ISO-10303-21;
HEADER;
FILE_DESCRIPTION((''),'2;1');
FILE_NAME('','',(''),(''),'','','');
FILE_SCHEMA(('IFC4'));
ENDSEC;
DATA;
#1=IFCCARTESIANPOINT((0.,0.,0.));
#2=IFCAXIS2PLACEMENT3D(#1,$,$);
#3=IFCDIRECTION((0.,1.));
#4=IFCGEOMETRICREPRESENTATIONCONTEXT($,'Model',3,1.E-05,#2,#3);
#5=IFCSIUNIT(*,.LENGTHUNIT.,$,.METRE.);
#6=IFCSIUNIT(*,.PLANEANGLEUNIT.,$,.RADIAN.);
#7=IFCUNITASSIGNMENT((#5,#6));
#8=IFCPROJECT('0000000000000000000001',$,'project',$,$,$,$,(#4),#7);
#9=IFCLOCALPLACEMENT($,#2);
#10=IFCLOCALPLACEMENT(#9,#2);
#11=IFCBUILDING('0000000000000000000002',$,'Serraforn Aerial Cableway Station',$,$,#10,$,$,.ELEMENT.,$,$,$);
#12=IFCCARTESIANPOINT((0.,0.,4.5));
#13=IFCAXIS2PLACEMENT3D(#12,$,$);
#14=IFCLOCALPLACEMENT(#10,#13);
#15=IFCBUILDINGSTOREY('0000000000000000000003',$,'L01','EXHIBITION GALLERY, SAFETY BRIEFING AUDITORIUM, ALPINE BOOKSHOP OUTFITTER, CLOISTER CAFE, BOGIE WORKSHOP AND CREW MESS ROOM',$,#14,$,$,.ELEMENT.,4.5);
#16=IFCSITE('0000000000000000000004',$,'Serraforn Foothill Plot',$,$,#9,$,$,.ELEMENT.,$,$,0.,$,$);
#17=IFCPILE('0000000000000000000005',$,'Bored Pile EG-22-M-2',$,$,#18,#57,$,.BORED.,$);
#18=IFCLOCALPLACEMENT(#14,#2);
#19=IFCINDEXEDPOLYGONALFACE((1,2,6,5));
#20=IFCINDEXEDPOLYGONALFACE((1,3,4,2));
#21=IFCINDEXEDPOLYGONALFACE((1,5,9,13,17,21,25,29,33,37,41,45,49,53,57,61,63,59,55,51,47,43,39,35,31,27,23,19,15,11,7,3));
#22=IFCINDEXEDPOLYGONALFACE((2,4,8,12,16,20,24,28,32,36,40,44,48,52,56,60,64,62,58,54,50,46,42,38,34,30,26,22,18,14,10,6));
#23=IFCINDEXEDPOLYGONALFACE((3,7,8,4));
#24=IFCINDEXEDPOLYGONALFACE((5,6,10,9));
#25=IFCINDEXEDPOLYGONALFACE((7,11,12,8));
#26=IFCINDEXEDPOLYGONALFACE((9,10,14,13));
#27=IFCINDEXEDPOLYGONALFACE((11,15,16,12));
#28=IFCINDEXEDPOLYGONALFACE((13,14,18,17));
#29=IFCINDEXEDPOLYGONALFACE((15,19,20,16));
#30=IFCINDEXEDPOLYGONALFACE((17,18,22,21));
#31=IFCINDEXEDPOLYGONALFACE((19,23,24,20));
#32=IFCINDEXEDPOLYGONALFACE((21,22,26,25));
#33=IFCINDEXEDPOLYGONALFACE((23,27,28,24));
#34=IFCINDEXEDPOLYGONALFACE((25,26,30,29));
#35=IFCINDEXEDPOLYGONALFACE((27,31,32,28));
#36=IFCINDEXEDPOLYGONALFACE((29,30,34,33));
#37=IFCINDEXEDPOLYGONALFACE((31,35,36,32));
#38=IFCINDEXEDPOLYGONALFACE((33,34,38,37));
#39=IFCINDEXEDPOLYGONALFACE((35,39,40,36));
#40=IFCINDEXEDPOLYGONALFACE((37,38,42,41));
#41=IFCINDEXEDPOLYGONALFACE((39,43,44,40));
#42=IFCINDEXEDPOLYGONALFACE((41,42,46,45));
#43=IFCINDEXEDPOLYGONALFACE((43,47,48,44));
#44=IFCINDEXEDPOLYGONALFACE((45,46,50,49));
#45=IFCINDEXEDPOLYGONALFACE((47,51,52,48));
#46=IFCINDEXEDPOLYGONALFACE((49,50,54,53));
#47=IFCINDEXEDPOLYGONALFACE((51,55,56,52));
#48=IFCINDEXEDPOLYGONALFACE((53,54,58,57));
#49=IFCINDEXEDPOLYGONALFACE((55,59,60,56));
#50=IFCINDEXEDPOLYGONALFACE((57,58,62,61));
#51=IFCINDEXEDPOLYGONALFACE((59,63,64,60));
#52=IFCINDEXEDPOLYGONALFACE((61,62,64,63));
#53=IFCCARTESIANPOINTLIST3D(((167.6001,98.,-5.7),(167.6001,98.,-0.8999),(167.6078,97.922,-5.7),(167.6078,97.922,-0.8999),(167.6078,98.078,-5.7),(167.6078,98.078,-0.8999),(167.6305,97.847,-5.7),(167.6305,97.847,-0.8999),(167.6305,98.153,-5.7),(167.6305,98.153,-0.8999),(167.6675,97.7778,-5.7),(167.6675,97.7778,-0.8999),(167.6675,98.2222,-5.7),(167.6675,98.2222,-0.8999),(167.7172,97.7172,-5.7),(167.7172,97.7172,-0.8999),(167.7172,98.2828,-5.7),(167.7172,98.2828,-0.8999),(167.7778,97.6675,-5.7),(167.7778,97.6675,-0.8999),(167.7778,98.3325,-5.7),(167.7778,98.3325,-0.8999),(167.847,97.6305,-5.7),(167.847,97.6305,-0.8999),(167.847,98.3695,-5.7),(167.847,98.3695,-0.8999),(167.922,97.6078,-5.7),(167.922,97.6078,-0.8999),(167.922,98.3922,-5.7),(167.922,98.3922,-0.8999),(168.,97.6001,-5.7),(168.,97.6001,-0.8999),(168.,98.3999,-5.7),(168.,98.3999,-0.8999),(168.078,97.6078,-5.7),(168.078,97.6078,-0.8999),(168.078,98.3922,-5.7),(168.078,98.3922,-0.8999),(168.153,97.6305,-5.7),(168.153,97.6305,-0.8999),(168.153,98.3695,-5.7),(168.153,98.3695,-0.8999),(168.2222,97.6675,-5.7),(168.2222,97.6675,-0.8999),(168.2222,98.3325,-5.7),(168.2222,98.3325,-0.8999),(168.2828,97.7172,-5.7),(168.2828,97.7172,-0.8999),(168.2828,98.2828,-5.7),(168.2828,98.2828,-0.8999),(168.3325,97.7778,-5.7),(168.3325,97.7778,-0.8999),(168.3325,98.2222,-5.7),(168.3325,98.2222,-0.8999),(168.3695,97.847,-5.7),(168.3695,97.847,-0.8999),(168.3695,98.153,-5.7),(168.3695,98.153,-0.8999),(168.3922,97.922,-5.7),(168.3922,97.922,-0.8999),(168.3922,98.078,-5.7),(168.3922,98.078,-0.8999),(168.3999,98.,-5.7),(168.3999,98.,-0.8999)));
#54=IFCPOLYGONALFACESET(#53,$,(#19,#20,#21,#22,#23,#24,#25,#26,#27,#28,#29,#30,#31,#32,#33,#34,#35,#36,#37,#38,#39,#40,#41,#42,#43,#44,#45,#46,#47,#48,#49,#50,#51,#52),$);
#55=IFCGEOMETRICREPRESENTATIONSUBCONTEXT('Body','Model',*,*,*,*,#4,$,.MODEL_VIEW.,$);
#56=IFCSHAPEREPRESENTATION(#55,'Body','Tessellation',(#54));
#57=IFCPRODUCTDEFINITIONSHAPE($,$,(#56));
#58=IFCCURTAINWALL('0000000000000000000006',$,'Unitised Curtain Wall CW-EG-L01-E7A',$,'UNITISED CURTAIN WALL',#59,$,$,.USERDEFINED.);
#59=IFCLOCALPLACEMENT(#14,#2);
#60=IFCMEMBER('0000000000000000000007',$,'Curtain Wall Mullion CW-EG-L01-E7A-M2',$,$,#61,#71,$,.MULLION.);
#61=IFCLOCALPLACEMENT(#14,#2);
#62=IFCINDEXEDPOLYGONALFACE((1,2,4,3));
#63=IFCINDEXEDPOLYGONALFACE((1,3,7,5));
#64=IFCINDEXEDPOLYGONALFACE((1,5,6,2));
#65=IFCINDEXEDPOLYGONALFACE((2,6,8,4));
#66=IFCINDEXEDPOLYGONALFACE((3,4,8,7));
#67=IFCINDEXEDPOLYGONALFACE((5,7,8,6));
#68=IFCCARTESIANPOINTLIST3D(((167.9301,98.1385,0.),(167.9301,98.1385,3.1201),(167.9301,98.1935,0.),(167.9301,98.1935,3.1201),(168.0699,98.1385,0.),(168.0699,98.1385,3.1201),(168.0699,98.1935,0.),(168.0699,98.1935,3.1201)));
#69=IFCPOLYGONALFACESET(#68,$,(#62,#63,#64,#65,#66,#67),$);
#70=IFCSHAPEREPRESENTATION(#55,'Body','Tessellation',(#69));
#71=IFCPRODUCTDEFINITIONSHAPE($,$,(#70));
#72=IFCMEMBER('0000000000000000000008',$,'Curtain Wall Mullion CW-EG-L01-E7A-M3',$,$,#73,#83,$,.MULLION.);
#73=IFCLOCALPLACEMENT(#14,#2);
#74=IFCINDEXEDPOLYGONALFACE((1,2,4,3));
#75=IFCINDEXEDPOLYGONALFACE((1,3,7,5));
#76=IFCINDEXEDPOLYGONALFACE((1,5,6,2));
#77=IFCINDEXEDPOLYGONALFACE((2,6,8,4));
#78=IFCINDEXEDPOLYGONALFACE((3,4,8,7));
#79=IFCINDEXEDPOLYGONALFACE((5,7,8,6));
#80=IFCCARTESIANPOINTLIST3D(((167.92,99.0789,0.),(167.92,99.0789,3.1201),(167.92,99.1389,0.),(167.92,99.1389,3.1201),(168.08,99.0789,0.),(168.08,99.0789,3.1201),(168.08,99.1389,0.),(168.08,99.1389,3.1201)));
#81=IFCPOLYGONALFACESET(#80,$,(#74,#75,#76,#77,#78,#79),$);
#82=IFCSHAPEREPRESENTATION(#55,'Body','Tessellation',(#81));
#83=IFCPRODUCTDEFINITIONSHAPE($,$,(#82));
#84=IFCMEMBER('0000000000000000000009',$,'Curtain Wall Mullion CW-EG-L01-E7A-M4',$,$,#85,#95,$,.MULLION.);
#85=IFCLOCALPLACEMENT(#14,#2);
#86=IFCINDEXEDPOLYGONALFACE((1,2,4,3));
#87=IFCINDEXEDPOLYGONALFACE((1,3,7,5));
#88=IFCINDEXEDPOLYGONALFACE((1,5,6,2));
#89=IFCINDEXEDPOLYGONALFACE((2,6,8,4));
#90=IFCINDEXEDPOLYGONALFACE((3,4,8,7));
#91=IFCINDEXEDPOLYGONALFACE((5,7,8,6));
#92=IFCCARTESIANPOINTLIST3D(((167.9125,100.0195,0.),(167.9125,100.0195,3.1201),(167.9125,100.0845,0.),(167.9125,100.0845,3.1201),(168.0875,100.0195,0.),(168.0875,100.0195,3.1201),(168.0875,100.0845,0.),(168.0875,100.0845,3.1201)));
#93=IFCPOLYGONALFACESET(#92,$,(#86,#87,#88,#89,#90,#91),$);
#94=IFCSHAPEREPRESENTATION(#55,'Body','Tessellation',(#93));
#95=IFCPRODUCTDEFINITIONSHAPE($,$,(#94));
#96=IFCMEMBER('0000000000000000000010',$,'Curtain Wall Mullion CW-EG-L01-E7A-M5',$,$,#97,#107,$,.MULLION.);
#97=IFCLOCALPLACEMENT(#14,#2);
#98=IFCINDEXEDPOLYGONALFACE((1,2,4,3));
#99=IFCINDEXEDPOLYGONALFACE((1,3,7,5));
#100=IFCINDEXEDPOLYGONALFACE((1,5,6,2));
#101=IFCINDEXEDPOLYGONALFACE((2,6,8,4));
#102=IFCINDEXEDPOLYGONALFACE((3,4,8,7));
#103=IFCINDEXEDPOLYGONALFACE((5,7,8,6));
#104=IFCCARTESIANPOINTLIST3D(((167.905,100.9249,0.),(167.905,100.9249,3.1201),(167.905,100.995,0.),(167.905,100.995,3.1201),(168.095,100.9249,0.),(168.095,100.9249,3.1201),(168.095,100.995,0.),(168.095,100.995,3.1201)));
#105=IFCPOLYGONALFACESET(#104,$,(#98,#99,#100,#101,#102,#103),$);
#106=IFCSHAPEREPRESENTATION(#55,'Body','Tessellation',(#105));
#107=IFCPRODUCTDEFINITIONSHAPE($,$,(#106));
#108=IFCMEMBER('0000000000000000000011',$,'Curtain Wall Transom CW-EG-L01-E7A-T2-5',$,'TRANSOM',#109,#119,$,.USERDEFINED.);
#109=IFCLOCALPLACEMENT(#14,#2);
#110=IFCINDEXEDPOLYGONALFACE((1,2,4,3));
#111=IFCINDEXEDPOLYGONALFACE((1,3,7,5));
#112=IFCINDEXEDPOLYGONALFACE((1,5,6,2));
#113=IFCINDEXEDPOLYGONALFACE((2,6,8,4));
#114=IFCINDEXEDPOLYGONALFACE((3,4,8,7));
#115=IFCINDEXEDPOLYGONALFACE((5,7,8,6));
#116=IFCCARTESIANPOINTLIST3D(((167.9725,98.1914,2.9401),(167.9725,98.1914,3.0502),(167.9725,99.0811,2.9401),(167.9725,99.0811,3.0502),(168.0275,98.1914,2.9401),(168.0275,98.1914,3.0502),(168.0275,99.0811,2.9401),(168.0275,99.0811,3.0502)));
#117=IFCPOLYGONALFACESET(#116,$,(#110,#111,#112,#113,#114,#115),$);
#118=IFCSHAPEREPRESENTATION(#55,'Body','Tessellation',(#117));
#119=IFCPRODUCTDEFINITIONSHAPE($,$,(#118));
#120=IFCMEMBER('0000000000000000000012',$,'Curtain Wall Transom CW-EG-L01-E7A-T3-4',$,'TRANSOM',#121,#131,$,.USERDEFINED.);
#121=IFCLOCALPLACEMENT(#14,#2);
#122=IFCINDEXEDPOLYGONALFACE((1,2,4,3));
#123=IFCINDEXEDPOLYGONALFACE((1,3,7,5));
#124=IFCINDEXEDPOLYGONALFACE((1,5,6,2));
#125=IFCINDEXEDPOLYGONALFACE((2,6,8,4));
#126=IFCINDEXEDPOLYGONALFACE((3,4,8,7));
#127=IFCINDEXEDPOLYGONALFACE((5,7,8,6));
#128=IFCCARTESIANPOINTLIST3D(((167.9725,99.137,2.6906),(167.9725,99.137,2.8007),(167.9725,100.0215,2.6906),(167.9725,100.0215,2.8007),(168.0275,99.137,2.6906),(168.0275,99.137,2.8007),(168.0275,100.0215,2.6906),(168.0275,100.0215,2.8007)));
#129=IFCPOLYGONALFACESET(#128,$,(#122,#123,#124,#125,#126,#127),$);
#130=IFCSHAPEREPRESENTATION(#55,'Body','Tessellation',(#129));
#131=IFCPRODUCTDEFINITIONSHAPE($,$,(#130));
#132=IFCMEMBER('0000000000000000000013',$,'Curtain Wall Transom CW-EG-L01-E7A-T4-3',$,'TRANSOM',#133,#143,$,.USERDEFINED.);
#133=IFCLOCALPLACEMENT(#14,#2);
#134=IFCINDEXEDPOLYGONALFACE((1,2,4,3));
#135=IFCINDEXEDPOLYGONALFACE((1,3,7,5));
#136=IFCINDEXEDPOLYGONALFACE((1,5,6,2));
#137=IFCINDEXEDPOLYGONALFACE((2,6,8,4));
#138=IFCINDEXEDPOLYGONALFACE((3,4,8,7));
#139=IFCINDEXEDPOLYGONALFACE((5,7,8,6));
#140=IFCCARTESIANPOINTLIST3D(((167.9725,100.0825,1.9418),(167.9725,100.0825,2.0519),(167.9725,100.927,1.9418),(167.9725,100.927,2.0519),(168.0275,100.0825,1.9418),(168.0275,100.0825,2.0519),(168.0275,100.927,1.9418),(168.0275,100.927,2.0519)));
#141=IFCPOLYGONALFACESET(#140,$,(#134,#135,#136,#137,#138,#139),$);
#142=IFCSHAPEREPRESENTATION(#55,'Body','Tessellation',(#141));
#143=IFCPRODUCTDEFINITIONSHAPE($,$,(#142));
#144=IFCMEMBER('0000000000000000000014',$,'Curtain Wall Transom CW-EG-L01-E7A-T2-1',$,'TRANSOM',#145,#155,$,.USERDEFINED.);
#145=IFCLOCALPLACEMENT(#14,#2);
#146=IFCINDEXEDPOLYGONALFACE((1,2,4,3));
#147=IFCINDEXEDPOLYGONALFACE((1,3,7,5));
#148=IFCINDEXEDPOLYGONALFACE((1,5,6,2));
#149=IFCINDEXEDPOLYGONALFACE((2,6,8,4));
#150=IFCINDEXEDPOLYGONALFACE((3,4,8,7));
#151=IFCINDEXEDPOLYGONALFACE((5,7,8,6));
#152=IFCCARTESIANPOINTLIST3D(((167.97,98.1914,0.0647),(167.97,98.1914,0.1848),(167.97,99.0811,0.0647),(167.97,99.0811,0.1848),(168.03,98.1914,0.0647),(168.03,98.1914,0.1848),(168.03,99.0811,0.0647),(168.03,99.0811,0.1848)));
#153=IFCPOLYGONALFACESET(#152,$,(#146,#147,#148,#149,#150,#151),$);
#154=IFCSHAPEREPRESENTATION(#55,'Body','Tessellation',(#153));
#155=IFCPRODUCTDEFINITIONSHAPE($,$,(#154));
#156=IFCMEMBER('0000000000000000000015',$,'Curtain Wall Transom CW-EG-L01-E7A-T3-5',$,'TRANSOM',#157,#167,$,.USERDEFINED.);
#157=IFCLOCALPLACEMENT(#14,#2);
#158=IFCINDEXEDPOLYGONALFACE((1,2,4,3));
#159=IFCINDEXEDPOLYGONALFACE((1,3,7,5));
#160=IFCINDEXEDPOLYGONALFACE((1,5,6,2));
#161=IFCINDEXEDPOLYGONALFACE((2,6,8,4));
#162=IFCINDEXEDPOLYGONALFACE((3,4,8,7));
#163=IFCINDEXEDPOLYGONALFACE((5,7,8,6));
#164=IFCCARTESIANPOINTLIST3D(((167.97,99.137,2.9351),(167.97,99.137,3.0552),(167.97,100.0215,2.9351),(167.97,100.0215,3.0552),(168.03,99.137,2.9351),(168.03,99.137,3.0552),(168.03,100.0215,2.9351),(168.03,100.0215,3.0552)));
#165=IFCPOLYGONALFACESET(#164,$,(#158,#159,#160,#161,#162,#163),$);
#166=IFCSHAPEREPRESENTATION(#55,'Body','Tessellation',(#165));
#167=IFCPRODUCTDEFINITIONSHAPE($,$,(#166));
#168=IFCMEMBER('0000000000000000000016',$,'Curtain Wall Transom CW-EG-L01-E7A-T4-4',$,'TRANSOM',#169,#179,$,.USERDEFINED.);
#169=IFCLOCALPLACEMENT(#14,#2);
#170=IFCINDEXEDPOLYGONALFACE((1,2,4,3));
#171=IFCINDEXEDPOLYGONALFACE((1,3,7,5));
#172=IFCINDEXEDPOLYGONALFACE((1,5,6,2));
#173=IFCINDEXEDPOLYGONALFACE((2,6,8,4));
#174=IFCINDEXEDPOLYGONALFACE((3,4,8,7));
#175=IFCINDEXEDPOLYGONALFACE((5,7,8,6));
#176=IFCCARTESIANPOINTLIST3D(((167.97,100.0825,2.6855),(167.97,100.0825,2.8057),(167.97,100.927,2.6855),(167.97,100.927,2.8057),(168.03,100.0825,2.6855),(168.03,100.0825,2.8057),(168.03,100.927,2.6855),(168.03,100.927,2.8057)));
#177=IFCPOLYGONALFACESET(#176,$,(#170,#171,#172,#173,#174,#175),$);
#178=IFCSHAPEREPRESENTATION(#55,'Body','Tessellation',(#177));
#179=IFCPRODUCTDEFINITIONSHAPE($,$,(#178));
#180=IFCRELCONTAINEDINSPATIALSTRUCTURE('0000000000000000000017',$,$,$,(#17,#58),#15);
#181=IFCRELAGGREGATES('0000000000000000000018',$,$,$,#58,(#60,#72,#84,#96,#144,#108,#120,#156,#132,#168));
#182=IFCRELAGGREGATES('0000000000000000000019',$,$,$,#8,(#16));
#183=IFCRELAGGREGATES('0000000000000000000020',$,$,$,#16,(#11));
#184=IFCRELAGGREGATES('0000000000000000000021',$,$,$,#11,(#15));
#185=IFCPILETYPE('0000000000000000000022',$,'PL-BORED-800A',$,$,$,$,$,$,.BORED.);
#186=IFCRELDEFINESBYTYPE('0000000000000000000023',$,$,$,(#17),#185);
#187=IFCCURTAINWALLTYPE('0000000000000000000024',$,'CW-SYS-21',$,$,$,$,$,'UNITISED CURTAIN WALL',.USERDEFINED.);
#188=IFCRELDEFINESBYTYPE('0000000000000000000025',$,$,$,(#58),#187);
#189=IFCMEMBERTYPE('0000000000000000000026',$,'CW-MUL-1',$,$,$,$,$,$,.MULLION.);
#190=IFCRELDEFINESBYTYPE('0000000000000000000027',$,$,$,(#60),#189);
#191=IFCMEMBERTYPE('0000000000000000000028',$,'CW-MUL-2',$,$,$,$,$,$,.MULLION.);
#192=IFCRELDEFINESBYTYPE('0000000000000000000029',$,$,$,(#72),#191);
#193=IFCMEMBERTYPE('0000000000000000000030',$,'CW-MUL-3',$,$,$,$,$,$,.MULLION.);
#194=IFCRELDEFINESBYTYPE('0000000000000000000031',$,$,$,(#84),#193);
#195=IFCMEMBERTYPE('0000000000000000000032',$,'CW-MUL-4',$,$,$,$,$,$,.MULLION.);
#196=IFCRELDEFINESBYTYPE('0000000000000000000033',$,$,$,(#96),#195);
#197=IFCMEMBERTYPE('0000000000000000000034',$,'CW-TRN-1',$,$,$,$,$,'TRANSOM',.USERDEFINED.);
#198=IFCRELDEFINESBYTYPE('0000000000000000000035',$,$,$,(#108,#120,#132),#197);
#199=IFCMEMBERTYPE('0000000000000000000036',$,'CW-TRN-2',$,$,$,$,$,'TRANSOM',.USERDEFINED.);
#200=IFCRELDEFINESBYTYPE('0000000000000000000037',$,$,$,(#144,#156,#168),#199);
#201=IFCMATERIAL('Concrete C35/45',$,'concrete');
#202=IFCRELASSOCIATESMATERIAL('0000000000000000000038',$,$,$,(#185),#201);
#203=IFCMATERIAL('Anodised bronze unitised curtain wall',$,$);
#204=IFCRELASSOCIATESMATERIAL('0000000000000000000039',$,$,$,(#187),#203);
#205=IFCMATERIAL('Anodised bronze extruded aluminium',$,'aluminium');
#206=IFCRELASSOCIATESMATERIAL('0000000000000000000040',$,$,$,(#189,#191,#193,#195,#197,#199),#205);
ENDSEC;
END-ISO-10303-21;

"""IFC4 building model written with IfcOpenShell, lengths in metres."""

from ifc_helpers import new_model, si_unit, direction, frame, origin, origin_2d, place, context, subcontext, project, spatial, rectangle, circle, extrude, material, material_profile, profile_set, type_object, element, aggregate, save


model = new_model("IFC4")

# Units and contexts
model_context = context("Model", 3, precision=1e-05, world=origin(), true_north=direction((0.0, 1.0)))
body_context = subcontext(model_context, "Body", "Model", "MODEL_VIEW")
ifc_project = project(units=[si_unit("LENGTHUNIT", "METRE"), si_unit("PLANEANGLEUNIT", "RADIAN")], contexts=[model_context])

# Site, building, storey
site_placement = place(None, origin())
site = spatial("IfcSite", under=ifc_project, at=site_placement, Name="Serraforn Foothill Plot", CompositionType="ELEMENT", RefElevation=0.0)
building_placement = place(site_placement, origin())
building = spatial("IfcBuilding", under=site, at=building_placement, Name="Serraforn Aerial Cableway Station", CompositionType="ELEMENT")
storey_placement = place(building_placement, frame((0.0, 0.0, 4.5)))
storey = spatial("IfcBuildingStorey", under=building, at=storey_placement, Name="L01", Description="EXHIBITION GALLERY, SAFETY BRIEFING AUDITORIUM, ALPINE BOOKSHOP OUTFITTER, CLOISTER CAFE, BOGIE WORKSHOP AND CREW MESS ROOM", CompositionType="ELEMENT", Elevation=4.5)

# Pile
ifc_material_1 = material(Name="Concrete C35/45", Category="concrete")
ifc_material_profile_1 = material_profile(ifc_material_1, circle(Radius=0.3999, at=origin_2d()), Name="BORED PILE D800")
ifc_profile_set_1 = profile_set([ifc_material_profile_1], Name="Concrete C35/45")
pile_type = type_object("IfcPileType", Name="PL-BORED-800A", PredefinedType="BORED", material=ifc_profile_set_1)
pile_placement = place(storey_placement, frame((168.0, 98.0, -0.8999), z_axis=(0.0, 0.0, -1.0), x_axis=(1.0, 0.0, 0.0)))
element("IfcPile", 1, at=pile_placement, inside=storey, type_object=pile_type, Name="Bored Pile EG-22-M-2", PredefinedType="BORED", context=body_context, shape_type="SweptSolid", body=[
    extrude(circle(Radius=0.3999, at=origin_2d()), origin(), (0.0, 0.0, 1.0), 4.8),
])

# Curtain wall, members
ifc_material_2 = material(Name="Anodised bronze unitised curtain wall")
curtain_wall_type = type_object("IfcCurtainWallType", Name="CW-SYS-21", ElementType="UNITISED CURTAIN WALL", PredefinedType="USERDEFINED", material=ifc_material_2)
curtain_wall_placement = place(storey_placement, origin())
curtain_wall = element("IfcCurtainWall", 2, at=curtain_wall_placement, inside=storey, type_object=curtain_wall_type, Name="Unitised Curtain Wall CW-EG-L01-E7A", ObjectType="UNITISED CURTAIN WALL", PredefinedType="USERDEFINED")
ifc_material_3 = material(Name="Anodised bronze extruded aluminium", Category="aluminium")
ifc_material_profile_2 = material_profile(ifc_material_3, rectangle(XDim=0.0549, YDim=0.1399, at=origin_2d()), Name="CW MULLION 55x140")
ifc_profile_set_2 = profile_set([ifc_material_profile_2], Name="Anodised bronze extruded aluminium")
member_type_1 = type_object("IfcMemberType", Name="CW-MUL-1", PredefinedType="MULLION", material=ifc_profile_set_2)
member_1_placement = place(storey_placement, frame((168.0, 98.166, 0.0), z_axis=(0.0, 0.0, 1.0), x_axis=(0.0, 1.0, 0.0)))
member_1 = element("IfcMember", 3, at=member_1_placement, type_object=member_type_1, Name="Curtain Wall Mullion CW-EG-L01-E7A-M2", PredefinedType="MULLION", context=body_context, shape_type="SweptSolid", body=[
    extrude(rectangle(XDim=0.0549, YDim=0.1399, at=origin_2d()), origin(), (0.0, 0.0, 1.0), 3.1201),
])
ifc_material_profile_3 = material_profile(ifc_material_3, rectangle(XDim=0.0601, YDim=0.1599, at=origin_2d()), Name="CW MULLION 60x160")
ifc_profile_set_3 = profile_set([ifc_material_profile_3], Name="Anodised bronze extruded aluminium")
member_type_2 = type_object("IfcMemberType", Name="CW-MUL-2", PredefinedType="MULLION", material=ifc_profile_set_3)
member_2_placement = place(storey_placement, frame((168.0, 99.1089, 0.0), z_axis=(0.0, 0.0, 1.0), x_axis=(0.0, 1.0, 0.0)))
member_2 = element("IfcMember", 4, at=member_2_placement, type_object=member_type_2, Name="Curtain Wall Mullion CW-EG-L01-E7A-M3", PredefinedType="MULLION", context=body_context, shape_type="SweptSolid", body=[
    extrude(rectangle(XDim=0.0601, YDim=0.1599, at=origin_2d()), origin(), (0.0, 0.0, 1.0), 3.1201),
])
ifc_material_profile_4 = material_profile(ifc_material_3, rectangle(XDim=0.0649, YDim=0.175, at=origin_2d()), Name="CW MULLION 65x175")
ifc_profile_set_4 = profile_set([ifc_material_profile_4], Name="Anodised bronze extruded aluminium")
member_type_3 = type_object("IfcMemberType", Name="CW-MUL-3", PredefinedType="MULLION", material=ifc_profile_set_4)
member_3_placement = place(storey_placement, frame((168.0, 100.052, 0.0), z_axis=(0.0, 0.0, 1.0), x_axis=(0.0, 1.0, 0.0)))
member_3 = element("IfcMember", 5, at=member_3_placement, type_object=member_type_3, Name="Curtain Wall Mullion CW-EG-L01-E7A-M4", PredefinedType="MULLION", context=body_context, shape_type="SweptSolid", body=[
    extrude(rectangle(XDim=0.0649, YDim=0.175, at=origin_2d()), origin(), (0.0, 0.0, 1.0), 3.1201),
])
ifc_material_profile_5 = material_profile(ifc_material_3, rectangle(XDim=0.0701, YDim=0.1899, at=origin_2d()), Name="CW MULLION 70x190")
ifc_profile_set_5 = profile_set([ifc_material_profile_5], Name="Anodised bronze extruded aluminium")
member_type_4 = type_object("IfcMemberType", Name="CW-MUL-4", PredefinedType="MULLION", material=ifc_profile_set_5)
member_4_placement = place(storey_placement, frame((168.0, 100.96, 0.0), z_axis=(0.0, 0.0, 1.0), x_axis=(0.0, 1.0, 0.0)))
member_4 = element("IfcMember", 6, at=member_4_placement, type_object=member_type_4, Name="Curtain Wall Mullion CW-EG-L01-E7A-M5", PredefinedType="MULLION", context=body_context, shape_type="SweptSolid", body=[
    extrude(rectangle(XDim=0.0701, YDim=0.1899, at=origin_2d()), origin(), (0.0, 0.0, 1.0), 3.1201),
])
ifc_material_profile_6 = material_profile(ifc_material_3, rectangle(XDim=0.0549, YDim=0.1101, at=origin_2d()), Name="CW TRANSOM 55x110")
ifc_profile_set_6 = profile_set([ifc_material_profile_6], Name="Anodised bronze extruded aluminium")
member_type_5 = type_object("IfcMemberType", Name="CW-TRN-1", ElementType="TRANSOM", PredefinedType="USERDEFINED", material=ifc_profile_set_6)
member_5_placement = place(storey_placement, frame((168.0, 98.1914, 2.9951), z_axis=(0.0, 1.0, 0.0), x_axis=(-1.0, 0.0, 0.0)))
member_5 = element("IfcMember", 7, at=member_5_placement, type_object=member_type_5, Name="Curtain Wall Transom CW-EG-L01-E7A-T2-5", ObjectType="TRANSOM", PredefinedType="USERDEFINED", context=body_context, shape_type="SweptSolid", body=[
    extrude(rectangle(XDim=0.0549, YDim=0.1101, at=origin_2d()), origin(), (0.0, 0.0, 1.0), 0.8896),
])
member_6_placement = place(storey_placement, frame((168.0, 99.137, 2.7456), z_axis=(0.0, 1.0, 0.0), x_axis=(-1.0, 0.0, 0.0)))
member_6 = element("IfcMember", 8, at=member_6_placement, type_object=member_type_5, Name="Curtain Wall Transom CW-EG-L01-E7A-T3-4", ObjectType="TRANSOM", PredefinedType="USERDEFINED", context=body_context, shape_type="SweptSolid", body=[
    extrude(rectangle(XDim=0.0549, YDim=0.1101, at=origin_2d()), origin(), (0.0, 0.0, 1.0), 0.8845),
])
member_7_placement = place(storey_placement, frame((168.0, 100.0825, 1.9968), z_axis=(0.0, 1.0, 0.0), x_axis=(-1.0, 0.0, 0.0)))
member_7 = element("IfcMember", 9, at=member_7_placement, type_object=member_type_5, Name="Curtain Wall Transom CW-EG-L01-E7A-T4-3", ObjectType="TRANSOM", PredefinedType="USERDEFINED", context=body_context, shape_type="SweptSolid", body=[
    extrude(rectangle(XDim=0.0549, YDim=0.1101, at=origin_2d()), origin(), (0.0, 0.0, 1.0), 0.8445),
])
ifc_material_profile_7 = material_profile(ifc_material_3, rectangle(XDim=0.0601, YDim=0.1201, at=origin_2d()), Name="CW TRANSOM 60x120")
ifc_profile_set_7 = profile_set([ifc_material_profile_7], Name="Anodised bronze extruded aluminium")
member_type_6 = type_object("IfcMemberType", Name="CW-TRN-2", ElementType="TRANSOM", PredefinedType="USERDEFINED", material=ifc_profile_set_7)
member_8_placement = place(storey_placement, frame((168.0, 98.1914, 0.1248), z_axis=(0.0, 1.0, 0.0), x_axis=(-1.0, 0.0, 0.0)))
member_8 = element("IfcMember", 10, at=member_8_placement, type_object=member_type_6, Name="Curtain Wall Transom CW-EG-L01-E7A-T2-1", ObjectType="TRANSOM", PredefinedType="USERDEFINED", context=body_context, shape_type="SweptSolid", body=[
    extrude(rectangle(XDim=0.0601, YDim=0.1201, at=origin_2d()), origin(), (0.0, 0.0, 1.0), 0.8896),
])
member_9_placement = place(storey_placement, frame((168.0, 99.137, 2.9951), z_axis=(0.0, 1.0, 0.0), x_axis=(-1.0, 0.0, 0.0)))
member_9 = element("IfcMember", 11, at=member_9_placement, type_object=member_type_6, Name="Curtain Wall Transom CW-EG-L01-E7A-T3-5", ObjectType="TRANSOM", PredefinedType="USERDEFINED", context=body_context, shape_type="SweptSolid", body=[
    extrude(rectangle(XDim=0.0601, YDim=0.1201, at=origin_2d()), origin(), (0.0, 0.0, 1.0), 0.8845),
])
member_10_placement = place(storey_placement, frame((168.0, 100.0825, 2.7456), z_axis=(0.0, 1.0, 0.0), x_axis=(-1.0, 0.0, 0.0)))
member_10 = element("IfcMember", 12, at=member_10_placement, type_object=member_type_6, Name="Curtain Wall Transom CW-EG-L01-E7A-T4-4", ObjectType="TRANSOM", PredefinedType="USERDEFINED", context=body_context, shape_type="SweptSolid", body=[
    extrude(rectangle(XDim=0.0601, YDim=0.1201, at=origin_2d()), origin(), (0.0, 0.0, 1.0), 0.8445),
])
aggregate(curtain_wall, [member_1, member_2, member_3, member_4, member_8, member_5, member_6, member_9, member_7, member_10])

save(model, "model.ifc")
